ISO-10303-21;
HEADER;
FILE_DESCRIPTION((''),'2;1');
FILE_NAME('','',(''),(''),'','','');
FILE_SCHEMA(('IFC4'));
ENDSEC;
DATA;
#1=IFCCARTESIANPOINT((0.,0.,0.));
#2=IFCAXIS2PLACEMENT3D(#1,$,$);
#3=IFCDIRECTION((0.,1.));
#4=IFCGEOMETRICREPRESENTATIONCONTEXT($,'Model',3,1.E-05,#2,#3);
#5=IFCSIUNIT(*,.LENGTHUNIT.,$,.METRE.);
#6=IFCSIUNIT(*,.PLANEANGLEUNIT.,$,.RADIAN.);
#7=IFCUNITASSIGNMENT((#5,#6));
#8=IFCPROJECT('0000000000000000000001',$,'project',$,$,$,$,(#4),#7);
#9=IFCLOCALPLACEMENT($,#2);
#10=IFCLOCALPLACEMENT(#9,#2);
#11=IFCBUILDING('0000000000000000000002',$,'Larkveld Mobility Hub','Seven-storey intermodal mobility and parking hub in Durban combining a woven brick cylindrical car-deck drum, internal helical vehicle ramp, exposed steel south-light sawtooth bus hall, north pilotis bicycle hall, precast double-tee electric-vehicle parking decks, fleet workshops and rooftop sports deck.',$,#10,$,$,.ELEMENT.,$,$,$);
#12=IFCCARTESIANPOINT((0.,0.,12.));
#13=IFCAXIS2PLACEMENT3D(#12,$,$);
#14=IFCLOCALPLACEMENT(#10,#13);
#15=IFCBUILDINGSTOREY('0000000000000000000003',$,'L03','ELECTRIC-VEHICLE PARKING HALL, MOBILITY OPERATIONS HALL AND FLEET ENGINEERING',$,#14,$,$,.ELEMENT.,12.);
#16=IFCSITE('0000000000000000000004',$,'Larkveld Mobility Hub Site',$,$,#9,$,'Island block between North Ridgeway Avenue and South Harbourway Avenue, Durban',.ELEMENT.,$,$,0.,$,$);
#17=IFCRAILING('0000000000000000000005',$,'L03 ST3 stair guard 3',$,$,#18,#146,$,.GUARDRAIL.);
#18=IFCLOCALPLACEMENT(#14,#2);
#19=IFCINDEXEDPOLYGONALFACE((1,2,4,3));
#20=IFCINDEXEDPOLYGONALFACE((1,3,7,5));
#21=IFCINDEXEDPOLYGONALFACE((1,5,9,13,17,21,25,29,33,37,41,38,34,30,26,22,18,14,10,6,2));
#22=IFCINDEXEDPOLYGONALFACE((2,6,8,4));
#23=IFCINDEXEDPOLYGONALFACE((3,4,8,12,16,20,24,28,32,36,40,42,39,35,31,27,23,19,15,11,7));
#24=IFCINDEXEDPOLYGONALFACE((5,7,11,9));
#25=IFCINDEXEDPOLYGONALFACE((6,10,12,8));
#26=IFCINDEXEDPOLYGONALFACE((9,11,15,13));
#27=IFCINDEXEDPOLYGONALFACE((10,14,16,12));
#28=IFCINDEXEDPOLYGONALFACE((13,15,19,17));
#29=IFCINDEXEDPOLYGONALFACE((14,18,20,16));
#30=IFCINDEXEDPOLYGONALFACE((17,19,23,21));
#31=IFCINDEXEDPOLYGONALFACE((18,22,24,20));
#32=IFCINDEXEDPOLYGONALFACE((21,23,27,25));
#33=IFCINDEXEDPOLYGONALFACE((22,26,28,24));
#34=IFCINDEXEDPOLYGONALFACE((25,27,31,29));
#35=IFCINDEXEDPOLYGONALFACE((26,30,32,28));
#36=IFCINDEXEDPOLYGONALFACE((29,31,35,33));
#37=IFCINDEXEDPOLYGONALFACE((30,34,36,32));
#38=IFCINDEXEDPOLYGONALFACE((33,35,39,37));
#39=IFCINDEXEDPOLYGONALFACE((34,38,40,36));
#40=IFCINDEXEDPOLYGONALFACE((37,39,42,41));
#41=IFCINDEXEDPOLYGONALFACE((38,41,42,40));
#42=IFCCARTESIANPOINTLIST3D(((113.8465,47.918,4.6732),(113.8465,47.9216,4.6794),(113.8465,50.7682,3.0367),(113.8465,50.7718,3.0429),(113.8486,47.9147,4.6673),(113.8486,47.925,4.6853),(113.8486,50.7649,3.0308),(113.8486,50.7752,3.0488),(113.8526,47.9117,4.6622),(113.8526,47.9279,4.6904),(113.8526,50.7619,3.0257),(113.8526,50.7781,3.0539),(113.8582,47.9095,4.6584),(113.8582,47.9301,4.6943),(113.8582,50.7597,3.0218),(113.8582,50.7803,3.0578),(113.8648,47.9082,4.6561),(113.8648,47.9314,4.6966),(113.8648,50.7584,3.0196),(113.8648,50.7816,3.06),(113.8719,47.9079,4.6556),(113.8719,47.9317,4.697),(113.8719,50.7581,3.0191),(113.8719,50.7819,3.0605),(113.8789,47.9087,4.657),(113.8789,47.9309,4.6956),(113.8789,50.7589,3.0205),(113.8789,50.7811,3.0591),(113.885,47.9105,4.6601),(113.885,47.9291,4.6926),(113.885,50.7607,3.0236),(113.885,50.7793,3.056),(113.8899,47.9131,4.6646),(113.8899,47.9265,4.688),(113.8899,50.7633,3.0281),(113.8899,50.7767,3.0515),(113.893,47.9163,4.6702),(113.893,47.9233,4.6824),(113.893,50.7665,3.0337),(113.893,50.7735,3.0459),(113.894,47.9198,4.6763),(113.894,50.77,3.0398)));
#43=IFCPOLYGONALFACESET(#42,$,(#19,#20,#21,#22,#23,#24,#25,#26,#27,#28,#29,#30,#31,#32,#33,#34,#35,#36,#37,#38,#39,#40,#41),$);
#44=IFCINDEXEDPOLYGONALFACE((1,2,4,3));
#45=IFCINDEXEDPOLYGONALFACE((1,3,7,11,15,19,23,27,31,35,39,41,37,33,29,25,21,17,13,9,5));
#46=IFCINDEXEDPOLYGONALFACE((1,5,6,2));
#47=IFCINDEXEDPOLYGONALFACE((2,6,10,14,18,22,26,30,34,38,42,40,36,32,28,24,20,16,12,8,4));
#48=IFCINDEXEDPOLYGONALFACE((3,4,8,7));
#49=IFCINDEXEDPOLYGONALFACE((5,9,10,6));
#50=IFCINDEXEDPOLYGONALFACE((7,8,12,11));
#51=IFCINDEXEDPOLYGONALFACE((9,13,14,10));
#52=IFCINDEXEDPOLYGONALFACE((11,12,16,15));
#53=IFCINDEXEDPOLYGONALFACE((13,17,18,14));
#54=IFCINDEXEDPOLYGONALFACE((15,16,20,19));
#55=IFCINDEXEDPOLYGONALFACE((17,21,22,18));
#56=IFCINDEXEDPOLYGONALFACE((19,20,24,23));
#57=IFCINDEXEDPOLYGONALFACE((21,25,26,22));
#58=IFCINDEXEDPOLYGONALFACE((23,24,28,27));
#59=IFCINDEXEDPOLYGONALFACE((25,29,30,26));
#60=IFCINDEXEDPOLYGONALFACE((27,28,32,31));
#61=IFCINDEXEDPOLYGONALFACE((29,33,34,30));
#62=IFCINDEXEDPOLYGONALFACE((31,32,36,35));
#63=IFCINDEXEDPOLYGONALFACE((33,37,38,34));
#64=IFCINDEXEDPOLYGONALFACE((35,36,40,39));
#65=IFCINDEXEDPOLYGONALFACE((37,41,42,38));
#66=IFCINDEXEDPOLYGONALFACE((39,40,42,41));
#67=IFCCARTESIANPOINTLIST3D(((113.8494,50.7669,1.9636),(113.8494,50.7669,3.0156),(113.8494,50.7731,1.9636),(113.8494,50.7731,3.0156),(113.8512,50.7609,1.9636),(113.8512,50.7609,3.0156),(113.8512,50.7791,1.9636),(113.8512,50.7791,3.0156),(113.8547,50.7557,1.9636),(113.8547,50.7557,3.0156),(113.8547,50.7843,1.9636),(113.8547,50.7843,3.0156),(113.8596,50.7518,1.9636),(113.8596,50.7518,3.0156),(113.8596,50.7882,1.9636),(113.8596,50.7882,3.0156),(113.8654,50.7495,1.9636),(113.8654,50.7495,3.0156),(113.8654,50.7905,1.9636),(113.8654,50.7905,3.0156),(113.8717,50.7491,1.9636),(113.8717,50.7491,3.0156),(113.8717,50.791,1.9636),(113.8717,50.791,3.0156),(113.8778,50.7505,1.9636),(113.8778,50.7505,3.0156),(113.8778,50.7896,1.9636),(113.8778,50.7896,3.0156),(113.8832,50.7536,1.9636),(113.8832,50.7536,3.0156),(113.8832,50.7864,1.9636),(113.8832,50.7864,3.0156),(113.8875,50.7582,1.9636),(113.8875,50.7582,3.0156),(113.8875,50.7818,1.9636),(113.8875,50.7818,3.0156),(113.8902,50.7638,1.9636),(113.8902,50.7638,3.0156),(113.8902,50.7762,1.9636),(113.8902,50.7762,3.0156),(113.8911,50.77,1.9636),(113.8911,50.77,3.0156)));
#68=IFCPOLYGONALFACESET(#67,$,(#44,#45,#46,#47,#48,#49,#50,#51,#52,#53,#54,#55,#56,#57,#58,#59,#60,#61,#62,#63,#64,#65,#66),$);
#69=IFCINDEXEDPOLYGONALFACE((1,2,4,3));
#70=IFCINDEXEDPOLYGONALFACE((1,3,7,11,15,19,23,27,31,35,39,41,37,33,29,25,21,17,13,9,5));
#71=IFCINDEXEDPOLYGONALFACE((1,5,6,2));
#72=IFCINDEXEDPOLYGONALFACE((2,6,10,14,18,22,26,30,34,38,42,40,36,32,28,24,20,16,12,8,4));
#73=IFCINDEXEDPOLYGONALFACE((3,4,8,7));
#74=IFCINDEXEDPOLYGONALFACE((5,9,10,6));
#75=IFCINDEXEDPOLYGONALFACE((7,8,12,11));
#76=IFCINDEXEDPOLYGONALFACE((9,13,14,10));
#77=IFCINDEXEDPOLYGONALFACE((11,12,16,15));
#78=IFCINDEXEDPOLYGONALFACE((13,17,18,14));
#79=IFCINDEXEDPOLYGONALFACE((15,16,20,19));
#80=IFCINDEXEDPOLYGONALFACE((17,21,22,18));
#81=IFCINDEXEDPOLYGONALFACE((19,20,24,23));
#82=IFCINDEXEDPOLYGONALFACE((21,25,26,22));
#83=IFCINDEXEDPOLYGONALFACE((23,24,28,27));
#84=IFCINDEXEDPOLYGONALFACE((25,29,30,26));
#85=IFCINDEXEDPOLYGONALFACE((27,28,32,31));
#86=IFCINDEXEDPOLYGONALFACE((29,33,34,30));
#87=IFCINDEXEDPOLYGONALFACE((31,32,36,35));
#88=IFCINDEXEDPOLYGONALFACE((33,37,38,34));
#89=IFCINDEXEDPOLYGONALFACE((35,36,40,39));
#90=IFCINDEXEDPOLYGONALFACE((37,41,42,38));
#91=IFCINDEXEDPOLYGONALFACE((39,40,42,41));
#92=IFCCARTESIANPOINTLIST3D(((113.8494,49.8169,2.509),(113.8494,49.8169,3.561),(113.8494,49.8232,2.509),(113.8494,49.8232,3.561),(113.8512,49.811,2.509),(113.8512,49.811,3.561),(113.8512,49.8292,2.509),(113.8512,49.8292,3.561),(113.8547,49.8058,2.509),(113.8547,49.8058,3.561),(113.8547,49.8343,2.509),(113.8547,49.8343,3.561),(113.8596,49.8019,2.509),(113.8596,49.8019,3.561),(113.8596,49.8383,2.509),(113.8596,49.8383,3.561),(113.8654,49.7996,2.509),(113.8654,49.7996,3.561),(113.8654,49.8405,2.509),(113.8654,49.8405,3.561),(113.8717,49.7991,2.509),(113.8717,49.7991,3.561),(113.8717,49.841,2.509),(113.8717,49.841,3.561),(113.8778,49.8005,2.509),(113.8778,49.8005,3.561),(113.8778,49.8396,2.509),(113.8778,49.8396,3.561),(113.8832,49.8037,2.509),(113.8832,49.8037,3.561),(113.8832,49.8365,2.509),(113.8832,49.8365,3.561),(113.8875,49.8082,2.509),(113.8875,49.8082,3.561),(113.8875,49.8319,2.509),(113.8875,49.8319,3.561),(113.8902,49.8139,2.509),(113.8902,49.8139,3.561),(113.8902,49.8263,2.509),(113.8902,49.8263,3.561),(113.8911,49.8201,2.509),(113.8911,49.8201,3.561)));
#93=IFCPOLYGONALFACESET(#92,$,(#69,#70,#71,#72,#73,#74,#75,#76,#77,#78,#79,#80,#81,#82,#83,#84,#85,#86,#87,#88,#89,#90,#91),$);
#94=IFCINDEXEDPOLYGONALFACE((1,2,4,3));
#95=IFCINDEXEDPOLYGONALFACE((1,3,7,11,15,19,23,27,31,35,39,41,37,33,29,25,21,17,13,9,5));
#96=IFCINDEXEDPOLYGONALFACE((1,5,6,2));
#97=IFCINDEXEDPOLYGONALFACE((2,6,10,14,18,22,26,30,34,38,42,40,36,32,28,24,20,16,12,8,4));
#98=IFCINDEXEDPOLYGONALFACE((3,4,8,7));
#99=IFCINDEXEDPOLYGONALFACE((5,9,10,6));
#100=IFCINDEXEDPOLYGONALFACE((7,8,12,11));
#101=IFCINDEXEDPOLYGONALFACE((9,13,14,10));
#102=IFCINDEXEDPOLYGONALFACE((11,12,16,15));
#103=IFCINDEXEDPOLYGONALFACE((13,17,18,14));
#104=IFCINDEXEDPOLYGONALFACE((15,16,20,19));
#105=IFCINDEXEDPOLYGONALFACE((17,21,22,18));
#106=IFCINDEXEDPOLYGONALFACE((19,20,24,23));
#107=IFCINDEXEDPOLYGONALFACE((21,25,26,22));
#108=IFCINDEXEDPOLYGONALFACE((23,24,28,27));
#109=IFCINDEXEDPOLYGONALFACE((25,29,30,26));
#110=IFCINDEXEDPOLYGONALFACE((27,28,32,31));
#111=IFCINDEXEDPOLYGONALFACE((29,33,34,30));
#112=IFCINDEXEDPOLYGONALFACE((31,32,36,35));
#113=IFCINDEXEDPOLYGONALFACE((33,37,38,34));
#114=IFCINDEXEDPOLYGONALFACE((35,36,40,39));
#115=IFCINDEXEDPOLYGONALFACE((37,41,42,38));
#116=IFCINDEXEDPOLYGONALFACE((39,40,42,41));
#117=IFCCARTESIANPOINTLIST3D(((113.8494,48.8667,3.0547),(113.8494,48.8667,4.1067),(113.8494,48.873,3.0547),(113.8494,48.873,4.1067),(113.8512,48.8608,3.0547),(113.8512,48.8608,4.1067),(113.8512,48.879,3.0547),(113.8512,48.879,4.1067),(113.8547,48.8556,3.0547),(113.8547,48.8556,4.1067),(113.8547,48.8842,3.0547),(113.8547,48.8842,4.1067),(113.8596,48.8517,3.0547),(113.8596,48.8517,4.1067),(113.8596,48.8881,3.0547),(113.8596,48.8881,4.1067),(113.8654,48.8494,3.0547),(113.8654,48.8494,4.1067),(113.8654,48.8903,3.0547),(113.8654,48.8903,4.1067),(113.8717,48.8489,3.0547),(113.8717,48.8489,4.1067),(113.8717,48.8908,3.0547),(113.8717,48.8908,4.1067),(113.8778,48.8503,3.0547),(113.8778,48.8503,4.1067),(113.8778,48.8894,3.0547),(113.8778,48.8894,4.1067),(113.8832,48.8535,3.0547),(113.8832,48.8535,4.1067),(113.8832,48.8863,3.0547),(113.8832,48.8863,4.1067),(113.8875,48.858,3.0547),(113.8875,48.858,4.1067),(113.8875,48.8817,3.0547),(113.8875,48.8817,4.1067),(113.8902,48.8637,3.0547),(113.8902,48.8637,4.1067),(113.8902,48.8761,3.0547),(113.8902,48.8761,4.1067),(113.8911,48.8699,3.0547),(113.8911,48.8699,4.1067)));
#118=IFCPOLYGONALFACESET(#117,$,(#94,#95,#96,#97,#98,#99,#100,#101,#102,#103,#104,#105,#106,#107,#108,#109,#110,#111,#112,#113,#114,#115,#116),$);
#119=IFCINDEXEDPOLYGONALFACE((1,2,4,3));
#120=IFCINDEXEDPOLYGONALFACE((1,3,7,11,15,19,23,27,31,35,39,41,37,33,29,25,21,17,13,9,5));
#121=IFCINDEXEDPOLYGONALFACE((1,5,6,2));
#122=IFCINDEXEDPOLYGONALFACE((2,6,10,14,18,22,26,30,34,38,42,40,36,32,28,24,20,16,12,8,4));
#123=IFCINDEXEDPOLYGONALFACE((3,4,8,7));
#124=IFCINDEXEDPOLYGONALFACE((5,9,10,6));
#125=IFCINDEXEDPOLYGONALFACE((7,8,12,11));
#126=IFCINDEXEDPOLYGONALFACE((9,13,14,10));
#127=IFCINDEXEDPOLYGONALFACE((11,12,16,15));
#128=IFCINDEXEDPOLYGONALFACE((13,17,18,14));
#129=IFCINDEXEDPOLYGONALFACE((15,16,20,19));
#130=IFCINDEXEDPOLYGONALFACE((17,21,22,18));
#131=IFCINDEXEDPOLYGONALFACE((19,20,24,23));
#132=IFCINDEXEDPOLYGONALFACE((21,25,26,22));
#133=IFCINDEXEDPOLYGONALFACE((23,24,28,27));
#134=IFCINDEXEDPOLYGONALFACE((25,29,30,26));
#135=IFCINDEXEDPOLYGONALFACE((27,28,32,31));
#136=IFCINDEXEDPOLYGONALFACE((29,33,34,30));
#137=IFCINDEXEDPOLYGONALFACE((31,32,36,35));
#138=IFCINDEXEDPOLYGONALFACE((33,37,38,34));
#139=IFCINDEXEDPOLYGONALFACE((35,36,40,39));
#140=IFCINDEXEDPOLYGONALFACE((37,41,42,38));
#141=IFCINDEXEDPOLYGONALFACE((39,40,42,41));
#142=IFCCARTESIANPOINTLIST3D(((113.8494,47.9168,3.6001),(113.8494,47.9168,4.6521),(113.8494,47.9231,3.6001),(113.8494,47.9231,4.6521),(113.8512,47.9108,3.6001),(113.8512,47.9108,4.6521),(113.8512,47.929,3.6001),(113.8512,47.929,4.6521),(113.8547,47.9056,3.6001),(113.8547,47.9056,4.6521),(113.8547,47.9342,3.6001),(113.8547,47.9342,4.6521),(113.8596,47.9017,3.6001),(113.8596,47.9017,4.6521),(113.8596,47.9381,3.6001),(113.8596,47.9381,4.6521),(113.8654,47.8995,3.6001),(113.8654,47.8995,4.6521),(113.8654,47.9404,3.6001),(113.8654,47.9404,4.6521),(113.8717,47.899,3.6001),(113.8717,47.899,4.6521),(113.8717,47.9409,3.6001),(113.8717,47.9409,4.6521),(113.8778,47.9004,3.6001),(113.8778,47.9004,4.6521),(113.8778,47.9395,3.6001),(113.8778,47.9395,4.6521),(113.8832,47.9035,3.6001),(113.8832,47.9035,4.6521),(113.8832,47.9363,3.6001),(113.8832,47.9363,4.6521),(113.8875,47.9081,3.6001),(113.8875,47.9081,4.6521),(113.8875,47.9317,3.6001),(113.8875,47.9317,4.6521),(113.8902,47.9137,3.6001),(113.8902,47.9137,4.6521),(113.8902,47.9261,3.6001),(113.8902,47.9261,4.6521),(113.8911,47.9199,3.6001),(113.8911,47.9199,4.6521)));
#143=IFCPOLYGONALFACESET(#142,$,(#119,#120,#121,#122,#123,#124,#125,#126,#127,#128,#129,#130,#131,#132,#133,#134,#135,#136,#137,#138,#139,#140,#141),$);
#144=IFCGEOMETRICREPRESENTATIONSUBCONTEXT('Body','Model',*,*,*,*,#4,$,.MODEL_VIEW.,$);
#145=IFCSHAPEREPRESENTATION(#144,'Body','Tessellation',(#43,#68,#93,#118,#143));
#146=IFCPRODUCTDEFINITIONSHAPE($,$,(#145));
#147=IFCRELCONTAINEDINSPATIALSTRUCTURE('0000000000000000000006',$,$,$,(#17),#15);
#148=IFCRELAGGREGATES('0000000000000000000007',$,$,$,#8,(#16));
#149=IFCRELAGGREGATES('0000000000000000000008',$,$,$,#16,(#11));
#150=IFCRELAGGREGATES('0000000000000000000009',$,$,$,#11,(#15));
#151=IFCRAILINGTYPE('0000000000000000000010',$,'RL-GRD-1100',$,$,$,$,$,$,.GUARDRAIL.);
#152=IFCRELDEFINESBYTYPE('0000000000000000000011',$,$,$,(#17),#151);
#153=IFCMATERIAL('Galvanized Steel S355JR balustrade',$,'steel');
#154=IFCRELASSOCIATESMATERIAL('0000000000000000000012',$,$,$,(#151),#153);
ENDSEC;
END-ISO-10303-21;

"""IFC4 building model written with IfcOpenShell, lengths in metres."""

from ifc_helpers import new_model, si_unit, direction, frame, origin, origin_2d, place, context, subcontext, project, spatial, circle, extrude, material, type_object, element, save


model = new_model("IFC4")

# Units and contexts
model_context = context("Model", 3, precision=1e-05, world=origin(), true_north=direction((0.0, 1.0)))
body_context = subcontext(model_context, "Body", "Model", "MODEL_VIEW")
ifc_project = project(units=[si_unit("LENGTHUNIT", "METRE"), si_unit("PLANEANGLEUNIT", "RADIAN")], contexts=[model_context])

# Site, building, storey
site_placement = place(None, origin())
site = spatial("IfcSite", under=ifc_project, at=site_placement, Name="Larkveld Mobility Hub Site", LongName="Island block between North Ridgeway Avenue and South Harbourway Avenue, Durban", CompositionType="ELEMENT", RefElevation=0.0)
building_placement = place(site_placement, origin())
building = spatial("IfcBuilding", under=site, at=building_placement, Name="Larkveld Mobility Hub", Description="Seven-storey intermodal mobility and parking hub in Durban combining a woven brick cylindrical car-deck drum, internal helical vehicle ramp, exposed steel south-light sawtooth bus hall, north pilotis bicycle hall, precast double-tee electric-vehicle parking decks, fleet workshops and rooftop sports deck.", CompositionType="ELEMENT")
storey_placement = place(building_placement, frame((0.0, 0.0, 12.0)))
storey = spatial("IfcBuildingStorey", under=building, at=storey_placement, Name="L03", Description="ELECTRIC-VEHICLE PARKING HALL, MOBILITY OPERATIONS HALL AND FLEET ENGINEERING", CompositionType="ELEMENT", Elevation=12.0)

# Railing
ifc_material_1 = material(Name="Galvanized Steel S355JR balustrade", Category="steel")
railing_type_1 = type_object("IfcRailingType", Name="RL-GRD-1100", PredefinedType="GUARDRAIL", material=ifc_material_1)
railing_1_placement = place(storey_placement, frame((113.8701, 50.77, 1.9636)))
element("IfcRailing", 1, at=railing_1_placement, inside=storey, type_object=railing_type_1, Name="L03 ST3 stair guard 3", PredefinedType="GUARDRAIL", context=body_context, shape_type="SweptSolid", body=[
    extrude(circle(Radius=0.0239, at=origin_2d()), frame((0.0, 0.0, 1.0762), z_axis=(0.0, -0.867213, 0.497938), x_axis=(1.0, 0.0, 0.0)), (0.0, 0.0, 1.0), 3.2866),
    extrude(circle(Radius=0.021, at=origin_2d()), origin(), (0.0, 0.0, 1.0), 1.052),
    extrude(circle(Radius=0.021, at=origin_2d()), frame((0.0, -0.95, 0.5454)), (0.0, 0.0, 1.0), 1.052),
    extrude(circle(Radius=0.021, at=origin_2d()), frame((0.0, -1.9001, 1.0911)), (0.0, 0.0, 1.0), 1.052),
    extrude(circle(Radius=0.021, at=origin_2d()), frame((0.0, -2.8501, 1.6365)), (0.0, 0.0, 1.0), 1.052),
])

save(model, "model.ifc")
